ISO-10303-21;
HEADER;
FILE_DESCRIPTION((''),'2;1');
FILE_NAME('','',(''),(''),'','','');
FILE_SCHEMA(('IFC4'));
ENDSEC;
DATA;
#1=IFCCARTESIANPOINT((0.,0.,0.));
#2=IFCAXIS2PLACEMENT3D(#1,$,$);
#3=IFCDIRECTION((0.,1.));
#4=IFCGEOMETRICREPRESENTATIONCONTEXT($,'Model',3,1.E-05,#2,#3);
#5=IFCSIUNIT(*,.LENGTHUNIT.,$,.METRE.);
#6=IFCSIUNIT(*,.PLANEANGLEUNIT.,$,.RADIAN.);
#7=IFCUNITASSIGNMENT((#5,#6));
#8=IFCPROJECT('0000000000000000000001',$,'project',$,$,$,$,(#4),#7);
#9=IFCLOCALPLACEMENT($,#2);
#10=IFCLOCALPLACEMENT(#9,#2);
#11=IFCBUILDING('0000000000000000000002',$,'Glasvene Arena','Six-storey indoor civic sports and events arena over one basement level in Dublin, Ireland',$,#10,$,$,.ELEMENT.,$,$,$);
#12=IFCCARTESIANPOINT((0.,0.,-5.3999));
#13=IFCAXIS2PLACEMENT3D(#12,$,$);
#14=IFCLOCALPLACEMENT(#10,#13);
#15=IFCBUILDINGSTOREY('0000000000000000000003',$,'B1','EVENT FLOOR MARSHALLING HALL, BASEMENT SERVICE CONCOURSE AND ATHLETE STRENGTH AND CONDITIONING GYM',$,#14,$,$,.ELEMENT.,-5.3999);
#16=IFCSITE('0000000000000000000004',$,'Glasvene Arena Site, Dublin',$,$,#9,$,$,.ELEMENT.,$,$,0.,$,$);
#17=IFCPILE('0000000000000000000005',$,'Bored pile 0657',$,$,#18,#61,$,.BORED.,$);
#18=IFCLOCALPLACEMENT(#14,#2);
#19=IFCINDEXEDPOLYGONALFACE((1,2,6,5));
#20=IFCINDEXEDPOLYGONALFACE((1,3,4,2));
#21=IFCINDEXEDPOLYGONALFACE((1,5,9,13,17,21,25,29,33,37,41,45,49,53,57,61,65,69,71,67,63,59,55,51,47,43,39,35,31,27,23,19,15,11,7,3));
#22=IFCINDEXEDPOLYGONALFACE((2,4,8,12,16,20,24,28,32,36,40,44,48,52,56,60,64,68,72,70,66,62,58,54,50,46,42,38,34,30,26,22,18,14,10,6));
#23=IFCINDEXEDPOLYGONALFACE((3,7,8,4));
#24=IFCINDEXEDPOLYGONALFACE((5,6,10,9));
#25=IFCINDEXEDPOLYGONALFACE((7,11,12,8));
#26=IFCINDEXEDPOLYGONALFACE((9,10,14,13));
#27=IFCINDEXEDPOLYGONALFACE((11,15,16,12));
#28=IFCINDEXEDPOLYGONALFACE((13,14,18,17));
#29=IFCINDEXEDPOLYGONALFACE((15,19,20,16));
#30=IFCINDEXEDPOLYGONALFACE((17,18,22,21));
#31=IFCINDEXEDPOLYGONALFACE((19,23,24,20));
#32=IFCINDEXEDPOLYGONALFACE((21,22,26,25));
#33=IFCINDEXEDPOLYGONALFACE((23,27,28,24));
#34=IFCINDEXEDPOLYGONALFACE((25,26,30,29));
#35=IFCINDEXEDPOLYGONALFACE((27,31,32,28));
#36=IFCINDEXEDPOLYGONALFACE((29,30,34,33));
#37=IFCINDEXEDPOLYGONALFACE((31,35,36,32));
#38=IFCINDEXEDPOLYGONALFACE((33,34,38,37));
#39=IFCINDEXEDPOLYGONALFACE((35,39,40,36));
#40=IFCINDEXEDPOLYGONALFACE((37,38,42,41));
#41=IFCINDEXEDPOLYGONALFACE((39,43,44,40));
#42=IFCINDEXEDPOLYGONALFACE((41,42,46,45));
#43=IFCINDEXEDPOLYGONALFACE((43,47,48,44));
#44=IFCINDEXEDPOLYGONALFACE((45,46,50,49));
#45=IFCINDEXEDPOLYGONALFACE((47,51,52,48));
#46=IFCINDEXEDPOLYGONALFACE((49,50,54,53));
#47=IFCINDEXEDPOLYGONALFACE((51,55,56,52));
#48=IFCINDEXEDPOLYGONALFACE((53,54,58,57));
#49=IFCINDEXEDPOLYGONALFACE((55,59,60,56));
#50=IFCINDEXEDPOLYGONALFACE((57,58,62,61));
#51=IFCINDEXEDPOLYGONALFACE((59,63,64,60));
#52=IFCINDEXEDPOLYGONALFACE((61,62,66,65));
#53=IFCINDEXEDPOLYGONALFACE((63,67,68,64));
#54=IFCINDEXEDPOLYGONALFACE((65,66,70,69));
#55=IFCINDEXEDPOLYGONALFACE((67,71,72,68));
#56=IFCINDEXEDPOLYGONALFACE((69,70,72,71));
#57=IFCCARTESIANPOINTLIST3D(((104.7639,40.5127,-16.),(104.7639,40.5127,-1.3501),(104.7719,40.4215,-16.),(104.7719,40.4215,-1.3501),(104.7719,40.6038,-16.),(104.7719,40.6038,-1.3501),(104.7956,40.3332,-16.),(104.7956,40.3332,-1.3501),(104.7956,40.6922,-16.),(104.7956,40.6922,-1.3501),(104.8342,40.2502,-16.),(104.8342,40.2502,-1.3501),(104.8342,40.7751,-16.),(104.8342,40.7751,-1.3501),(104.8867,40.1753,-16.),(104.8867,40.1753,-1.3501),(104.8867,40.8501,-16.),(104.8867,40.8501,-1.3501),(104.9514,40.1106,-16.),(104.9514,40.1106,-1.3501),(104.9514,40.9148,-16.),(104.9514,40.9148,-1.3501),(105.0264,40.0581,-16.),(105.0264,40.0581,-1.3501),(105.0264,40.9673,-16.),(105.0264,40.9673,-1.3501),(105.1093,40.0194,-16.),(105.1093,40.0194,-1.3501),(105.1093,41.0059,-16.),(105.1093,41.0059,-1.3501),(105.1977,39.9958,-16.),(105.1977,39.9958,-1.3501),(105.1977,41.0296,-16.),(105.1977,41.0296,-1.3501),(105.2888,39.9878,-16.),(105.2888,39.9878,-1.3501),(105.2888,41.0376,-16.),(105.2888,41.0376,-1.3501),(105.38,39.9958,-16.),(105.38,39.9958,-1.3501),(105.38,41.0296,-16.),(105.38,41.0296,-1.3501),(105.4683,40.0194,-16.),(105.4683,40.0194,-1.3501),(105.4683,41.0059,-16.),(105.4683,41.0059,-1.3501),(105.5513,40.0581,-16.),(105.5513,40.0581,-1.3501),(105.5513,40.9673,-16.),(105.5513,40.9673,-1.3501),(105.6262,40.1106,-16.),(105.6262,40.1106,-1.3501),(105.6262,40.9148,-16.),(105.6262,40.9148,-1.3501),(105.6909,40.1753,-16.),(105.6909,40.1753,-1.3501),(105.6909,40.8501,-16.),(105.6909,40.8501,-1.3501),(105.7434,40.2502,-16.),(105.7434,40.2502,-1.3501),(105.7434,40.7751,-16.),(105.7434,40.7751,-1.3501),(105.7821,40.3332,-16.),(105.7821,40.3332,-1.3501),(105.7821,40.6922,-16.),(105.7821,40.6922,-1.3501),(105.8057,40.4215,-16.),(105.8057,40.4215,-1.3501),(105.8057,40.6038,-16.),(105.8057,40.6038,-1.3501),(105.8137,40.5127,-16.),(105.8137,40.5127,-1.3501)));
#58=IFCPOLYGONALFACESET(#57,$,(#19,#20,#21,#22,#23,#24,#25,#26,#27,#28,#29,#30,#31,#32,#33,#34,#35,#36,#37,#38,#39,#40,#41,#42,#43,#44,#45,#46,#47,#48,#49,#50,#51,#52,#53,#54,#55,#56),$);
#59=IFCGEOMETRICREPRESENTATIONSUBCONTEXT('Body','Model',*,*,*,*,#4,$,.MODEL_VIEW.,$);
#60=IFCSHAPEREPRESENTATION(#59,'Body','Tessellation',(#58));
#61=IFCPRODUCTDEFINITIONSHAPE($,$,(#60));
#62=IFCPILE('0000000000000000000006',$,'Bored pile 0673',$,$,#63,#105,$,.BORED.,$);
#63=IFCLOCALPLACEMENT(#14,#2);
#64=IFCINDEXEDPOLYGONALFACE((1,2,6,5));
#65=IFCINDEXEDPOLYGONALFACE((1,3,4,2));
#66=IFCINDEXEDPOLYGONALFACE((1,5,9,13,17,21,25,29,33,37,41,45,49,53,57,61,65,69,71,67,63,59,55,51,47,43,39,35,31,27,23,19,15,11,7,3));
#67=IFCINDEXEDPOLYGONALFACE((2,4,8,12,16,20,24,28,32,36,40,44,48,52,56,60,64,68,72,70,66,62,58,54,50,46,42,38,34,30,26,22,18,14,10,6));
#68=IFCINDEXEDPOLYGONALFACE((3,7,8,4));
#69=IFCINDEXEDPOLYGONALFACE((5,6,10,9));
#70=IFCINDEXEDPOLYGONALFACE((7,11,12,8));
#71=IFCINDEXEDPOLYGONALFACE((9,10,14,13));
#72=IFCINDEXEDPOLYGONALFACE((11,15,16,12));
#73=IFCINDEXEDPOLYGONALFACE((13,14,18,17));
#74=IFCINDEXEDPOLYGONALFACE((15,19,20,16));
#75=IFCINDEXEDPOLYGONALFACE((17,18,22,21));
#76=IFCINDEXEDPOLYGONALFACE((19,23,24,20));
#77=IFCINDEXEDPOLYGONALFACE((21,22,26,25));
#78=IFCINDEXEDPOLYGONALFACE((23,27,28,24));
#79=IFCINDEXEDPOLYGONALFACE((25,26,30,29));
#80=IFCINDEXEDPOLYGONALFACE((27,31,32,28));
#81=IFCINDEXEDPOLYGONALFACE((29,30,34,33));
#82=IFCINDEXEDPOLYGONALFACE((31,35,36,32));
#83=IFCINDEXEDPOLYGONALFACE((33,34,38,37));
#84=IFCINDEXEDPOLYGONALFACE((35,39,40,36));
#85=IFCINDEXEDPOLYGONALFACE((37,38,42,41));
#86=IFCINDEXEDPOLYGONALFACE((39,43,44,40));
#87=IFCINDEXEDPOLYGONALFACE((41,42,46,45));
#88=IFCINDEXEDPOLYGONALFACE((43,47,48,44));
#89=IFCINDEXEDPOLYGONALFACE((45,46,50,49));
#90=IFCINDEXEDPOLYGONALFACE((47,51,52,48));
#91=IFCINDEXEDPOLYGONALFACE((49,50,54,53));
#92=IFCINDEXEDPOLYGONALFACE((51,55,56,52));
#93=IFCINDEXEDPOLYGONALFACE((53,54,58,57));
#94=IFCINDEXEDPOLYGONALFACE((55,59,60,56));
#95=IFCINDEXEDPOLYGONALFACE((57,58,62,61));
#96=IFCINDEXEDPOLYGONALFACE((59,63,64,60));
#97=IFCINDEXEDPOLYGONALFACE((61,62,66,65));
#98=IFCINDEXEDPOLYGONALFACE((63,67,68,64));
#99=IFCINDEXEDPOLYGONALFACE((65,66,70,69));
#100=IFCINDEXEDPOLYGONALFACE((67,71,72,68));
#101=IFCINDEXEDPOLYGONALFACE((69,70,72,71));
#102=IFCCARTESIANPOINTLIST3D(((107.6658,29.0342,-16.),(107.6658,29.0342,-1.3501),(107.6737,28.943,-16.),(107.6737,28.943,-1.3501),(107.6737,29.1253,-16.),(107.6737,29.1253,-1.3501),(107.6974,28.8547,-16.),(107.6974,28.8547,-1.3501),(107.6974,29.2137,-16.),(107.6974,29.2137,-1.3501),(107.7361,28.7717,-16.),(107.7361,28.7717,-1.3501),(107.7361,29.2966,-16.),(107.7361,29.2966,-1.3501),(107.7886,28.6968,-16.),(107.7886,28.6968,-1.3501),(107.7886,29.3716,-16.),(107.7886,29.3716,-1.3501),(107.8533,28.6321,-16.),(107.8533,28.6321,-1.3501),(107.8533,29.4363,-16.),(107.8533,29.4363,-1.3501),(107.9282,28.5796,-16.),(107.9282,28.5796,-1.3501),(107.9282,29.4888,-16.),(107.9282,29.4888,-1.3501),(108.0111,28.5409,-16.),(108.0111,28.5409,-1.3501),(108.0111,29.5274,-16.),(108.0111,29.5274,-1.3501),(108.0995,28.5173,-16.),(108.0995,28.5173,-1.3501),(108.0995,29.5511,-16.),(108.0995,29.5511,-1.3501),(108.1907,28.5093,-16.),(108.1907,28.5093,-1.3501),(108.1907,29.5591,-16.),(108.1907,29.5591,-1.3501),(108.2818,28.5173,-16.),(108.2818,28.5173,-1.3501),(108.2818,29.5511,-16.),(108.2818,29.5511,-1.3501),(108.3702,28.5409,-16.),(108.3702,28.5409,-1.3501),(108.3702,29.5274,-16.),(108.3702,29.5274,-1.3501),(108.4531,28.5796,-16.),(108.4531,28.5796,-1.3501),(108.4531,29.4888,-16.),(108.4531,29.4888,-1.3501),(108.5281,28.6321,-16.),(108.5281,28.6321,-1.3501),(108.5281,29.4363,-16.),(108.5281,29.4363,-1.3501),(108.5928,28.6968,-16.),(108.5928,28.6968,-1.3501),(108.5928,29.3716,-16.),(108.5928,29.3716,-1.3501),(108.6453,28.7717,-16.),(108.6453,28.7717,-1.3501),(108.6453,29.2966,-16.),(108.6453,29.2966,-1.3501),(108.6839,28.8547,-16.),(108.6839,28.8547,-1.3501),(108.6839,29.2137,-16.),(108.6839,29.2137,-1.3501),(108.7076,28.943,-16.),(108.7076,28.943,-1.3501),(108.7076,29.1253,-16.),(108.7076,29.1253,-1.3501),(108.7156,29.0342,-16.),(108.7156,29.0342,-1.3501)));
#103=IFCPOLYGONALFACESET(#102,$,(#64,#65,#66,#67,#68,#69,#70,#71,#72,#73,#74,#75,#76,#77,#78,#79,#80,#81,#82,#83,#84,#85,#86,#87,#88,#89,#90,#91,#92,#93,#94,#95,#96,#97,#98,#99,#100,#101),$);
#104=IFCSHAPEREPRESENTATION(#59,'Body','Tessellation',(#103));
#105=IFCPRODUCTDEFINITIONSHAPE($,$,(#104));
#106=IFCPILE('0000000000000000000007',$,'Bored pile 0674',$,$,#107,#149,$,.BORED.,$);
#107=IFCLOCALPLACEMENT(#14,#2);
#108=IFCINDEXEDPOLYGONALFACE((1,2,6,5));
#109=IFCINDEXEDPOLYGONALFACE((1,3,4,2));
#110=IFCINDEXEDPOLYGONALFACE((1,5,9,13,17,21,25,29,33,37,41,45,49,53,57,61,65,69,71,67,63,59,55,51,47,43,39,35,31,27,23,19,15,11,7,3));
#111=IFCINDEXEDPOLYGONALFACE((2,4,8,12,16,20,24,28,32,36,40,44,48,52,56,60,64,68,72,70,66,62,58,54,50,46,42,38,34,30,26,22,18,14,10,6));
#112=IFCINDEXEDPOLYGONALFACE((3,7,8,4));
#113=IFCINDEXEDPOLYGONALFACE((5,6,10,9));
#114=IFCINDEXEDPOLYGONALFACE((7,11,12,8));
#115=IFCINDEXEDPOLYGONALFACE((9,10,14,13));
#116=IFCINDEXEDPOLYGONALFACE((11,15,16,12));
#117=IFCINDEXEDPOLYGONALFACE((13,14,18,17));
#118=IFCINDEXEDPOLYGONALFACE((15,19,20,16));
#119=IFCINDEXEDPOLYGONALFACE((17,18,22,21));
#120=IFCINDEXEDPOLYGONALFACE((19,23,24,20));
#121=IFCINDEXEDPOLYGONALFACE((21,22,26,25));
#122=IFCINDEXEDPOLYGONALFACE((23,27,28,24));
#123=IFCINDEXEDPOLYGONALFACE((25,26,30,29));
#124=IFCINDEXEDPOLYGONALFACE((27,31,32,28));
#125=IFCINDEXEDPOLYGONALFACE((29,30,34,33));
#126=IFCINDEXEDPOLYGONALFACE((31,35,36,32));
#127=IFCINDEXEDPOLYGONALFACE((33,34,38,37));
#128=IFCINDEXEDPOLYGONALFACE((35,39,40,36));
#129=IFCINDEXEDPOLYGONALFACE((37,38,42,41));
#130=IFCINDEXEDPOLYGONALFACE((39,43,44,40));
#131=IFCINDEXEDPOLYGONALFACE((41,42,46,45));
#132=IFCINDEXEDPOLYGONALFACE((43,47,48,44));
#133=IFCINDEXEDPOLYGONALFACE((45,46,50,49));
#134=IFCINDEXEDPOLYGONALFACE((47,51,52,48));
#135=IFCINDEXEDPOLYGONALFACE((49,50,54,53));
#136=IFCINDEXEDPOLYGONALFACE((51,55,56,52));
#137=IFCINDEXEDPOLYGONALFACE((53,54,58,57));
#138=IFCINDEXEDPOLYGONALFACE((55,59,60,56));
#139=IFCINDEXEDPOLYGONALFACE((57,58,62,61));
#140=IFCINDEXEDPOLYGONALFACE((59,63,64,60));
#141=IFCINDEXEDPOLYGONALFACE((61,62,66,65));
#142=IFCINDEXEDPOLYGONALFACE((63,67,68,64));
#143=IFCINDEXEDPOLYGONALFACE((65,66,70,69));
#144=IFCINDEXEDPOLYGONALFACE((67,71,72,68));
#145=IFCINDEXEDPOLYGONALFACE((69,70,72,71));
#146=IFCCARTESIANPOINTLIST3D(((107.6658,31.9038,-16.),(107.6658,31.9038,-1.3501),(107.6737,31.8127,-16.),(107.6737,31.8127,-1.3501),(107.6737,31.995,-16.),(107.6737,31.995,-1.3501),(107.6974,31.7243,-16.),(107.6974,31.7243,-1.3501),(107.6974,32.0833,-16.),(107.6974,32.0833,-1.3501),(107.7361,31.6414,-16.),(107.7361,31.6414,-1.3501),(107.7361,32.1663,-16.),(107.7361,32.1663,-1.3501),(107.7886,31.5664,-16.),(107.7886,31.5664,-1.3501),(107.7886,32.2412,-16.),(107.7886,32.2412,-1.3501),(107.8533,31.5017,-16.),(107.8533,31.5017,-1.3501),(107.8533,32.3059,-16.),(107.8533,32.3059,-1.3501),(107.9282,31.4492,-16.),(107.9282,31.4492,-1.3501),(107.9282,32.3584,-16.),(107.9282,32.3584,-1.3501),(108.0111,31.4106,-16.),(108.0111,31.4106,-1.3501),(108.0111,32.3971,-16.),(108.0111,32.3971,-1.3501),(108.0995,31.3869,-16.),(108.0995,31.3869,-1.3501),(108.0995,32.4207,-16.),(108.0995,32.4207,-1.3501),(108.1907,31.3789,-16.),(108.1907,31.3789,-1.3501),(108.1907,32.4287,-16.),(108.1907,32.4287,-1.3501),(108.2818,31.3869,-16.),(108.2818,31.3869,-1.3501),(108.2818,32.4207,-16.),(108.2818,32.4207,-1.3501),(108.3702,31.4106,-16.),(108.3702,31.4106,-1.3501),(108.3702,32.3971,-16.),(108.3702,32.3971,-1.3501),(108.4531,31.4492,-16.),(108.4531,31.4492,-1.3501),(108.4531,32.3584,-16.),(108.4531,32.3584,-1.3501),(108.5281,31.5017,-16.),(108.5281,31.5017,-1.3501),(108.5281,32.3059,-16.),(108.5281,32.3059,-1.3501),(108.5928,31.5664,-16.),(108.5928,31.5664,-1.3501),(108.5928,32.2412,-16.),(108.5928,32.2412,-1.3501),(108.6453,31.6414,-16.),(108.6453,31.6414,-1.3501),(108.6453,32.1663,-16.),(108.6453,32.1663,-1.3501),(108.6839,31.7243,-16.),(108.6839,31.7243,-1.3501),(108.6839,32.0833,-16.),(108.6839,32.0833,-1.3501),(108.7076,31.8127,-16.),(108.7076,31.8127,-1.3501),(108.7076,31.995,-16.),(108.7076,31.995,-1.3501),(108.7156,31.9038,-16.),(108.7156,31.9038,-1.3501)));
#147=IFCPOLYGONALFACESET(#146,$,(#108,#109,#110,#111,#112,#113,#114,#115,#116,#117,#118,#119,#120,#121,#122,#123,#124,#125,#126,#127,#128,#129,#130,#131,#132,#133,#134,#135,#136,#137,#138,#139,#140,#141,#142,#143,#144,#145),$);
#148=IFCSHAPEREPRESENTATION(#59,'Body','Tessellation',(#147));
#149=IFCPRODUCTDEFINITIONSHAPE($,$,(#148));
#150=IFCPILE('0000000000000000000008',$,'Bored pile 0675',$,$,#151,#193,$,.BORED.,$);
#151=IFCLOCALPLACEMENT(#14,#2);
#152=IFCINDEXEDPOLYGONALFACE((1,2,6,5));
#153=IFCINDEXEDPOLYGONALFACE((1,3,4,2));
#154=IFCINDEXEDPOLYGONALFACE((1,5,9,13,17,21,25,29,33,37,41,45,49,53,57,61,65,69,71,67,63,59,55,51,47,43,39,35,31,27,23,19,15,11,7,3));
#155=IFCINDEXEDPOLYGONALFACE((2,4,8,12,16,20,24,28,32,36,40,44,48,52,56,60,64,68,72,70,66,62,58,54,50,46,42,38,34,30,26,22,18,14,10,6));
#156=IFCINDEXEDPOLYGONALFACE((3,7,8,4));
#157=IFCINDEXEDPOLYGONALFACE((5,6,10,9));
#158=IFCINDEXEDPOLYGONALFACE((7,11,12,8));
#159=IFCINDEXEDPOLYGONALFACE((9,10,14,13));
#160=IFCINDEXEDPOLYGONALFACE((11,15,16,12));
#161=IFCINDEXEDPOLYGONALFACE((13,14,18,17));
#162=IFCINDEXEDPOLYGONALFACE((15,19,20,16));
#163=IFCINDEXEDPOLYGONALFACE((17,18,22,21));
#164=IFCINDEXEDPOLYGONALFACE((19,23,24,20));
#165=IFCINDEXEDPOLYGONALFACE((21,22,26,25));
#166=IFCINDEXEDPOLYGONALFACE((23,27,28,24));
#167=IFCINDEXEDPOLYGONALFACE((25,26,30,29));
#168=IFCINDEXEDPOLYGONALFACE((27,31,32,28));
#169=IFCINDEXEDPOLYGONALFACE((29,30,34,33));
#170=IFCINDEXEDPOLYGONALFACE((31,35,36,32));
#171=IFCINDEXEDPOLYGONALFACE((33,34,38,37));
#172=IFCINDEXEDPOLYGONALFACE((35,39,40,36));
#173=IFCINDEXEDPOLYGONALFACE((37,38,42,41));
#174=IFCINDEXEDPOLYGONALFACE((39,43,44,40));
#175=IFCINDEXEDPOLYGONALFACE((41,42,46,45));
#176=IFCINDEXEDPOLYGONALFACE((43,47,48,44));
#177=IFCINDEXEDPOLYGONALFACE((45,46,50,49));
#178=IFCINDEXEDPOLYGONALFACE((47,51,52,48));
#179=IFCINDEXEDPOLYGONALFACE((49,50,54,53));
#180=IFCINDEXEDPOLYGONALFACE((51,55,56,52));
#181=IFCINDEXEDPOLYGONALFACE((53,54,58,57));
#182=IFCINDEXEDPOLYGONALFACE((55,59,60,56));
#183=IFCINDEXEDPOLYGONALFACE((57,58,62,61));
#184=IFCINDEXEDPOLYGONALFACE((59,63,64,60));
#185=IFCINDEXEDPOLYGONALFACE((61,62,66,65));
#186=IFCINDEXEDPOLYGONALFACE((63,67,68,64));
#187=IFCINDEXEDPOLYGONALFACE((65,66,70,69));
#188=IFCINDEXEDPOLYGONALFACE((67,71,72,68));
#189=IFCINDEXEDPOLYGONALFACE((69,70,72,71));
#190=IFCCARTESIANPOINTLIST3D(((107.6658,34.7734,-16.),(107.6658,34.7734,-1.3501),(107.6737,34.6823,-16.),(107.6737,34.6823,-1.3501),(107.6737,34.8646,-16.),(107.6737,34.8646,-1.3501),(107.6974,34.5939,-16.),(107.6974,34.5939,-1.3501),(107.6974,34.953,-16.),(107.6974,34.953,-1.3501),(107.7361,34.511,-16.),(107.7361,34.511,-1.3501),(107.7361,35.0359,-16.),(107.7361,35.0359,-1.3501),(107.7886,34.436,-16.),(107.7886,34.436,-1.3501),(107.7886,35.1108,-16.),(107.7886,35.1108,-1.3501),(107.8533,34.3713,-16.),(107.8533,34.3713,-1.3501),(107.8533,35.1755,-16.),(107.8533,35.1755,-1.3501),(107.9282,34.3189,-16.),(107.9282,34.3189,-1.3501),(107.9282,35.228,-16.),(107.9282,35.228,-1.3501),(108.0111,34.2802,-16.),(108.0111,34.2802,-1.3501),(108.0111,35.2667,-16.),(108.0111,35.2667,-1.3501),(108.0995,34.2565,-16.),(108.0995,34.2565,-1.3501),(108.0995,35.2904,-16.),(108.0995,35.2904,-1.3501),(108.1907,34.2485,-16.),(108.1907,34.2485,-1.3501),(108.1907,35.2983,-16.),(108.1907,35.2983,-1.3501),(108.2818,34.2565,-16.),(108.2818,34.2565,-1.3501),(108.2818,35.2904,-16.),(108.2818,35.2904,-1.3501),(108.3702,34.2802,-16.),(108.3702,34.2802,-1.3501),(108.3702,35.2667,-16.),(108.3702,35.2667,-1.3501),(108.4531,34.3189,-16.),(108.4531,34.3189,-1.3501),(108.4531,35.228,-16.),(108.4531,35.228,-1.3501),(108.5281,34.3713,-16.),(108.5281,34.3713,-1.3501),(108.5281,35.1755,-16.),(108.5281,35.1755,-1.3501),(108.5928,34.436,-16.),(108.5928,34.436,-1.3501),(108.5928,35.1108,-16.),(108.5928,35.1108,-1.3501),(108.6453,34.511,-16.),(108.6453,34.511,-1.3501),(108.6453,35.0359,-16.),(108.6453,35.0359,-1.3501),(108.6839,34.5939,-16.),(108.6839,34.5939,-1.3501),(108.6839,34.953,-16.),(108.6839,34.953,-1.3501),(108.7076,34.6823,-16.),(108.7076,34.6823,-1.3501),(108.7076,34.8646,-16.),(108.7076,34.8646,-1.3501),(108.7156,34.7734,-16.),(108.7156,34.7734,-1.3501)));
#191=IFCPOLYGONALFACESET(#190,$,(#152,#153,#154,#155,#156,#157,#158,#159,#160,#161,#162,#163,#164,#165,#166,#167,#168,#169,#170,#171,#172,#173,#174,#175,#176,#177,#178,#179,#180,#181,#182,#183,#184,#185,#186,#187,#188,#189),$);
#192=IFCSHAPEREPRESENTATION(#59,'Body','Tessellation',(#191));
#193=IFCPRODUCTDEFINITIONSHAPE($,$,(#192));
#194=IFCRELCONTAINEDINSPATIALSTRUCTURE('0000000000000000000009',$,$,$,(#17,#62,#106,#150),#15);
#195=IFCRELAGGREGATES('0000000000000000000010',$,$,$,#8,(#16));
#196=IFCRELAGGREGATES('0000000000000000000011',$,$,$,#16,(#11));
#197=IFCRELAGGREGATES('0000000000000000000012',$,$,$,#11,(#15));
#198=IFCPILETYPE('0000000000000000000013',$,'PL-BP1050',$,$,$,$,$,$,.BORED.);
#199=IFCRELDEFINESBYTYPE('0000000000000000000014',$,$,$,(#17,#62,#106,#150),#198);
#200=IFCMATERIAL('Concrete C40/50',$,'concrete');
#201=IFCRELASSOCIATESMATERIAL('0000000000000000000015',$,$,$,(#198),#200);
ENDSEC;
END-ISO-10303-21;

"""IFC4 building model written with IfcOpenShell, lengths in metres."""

from ifc_helpers import new_model, si_unit, direction, frame, origin, origin_2d, place, context, subcontext, project, spatial, circle, extrude, material, material_profile, profile_set, type_object, element, save


model = new_model("IFC4")

# Units and contexts
model_context = context("Model", 3, precision=1e-05, world=origin(), true_north=direction((0.0, 1.0)))
body_context = subcontext(model_context, "Body", "Model", "MODEL_VIEW")
ifc_project = project(units=[si_unit("LENGTHUNIT", "METRE"), si_unit("PLANEANGLEUNIT", "RADIAN")], contexts=[model_context])

# Site, building, storey
site_placement = place(None, origin())
site = spatial("IfcSite", under=ifc_project, at=site_placement, Name="Glasvene Arena Site, Dublin", CompositionType="ELEMENT", RefElevation=0.0)
building_placement = place(site_placement, origin())
building = spatial("IfcBuilding", under=site, at=building_placement, Name="Glasvene Arena", Description="Six-storey indoor civic sports and events arena over one basement level in Dublin, Ireland", CompositionType="ELEMENT")
storey_placement = place(building_placement, frame((0.0, 0.0, -5.3999)))
storey = spatial("IfcBuildingStorey", under=building, at=storey_placement, Name="B1", Description="EVENT FLOOR MARSHALLING HALL, BASEMENT SERVICE CONCOURSE AND ATHLETE STRENGTH AND CONDITIONING GYM", CompositionType="ELEMENT", Elevation=-5.3999)

# Piles
ifc_material_1 = material(Name="Concrete C40/50", Category="concrete")
ifc_material_profile_1 = material_profile(ifc_material_1, circle(Radius=0.5249, at=origin_2d()), Name="BORED PILE 1050")
ifc_profile_set_1 = profile_set([ifc_material_profile_1], Name="Concrete C40/50")
pile_type = type_object("IfcPileType", Name="PL-BP1050", PredefinedType="BORED", material=ifc_profile_set_1)
for number, where, z_axis, x_axis, name in (
    (1, (105.2888, 40.5127, -1.3501), (0.0, 0.0, -1.0), (1.0, 0.0, 0.0), "Bored pile 0657"),
    (2, (108.1907, 29.0342, -1.3501), (0.0, 0.0, -1.0), (1.0, 0.0, 0.0), "Bored pile 0673"),
    (3, (108.1907, 31.9038, -1.3501), (0.0, 0.0, -1.0), (1.0, 0.0, 0.0), "Bored pile 0674"),
    (4, (108.1907, 34.7734, -1.3501), (0.0, 0.0, -1.0), (1.0, 0.0, 0.0), "Bored pile 0675"),
):
    element("IfcPile", number, at=place(storey_placement, frame(where, z_axis=z_axis, x_axis=x_axis)), inside=storey, type_object=pile_type, Name=name, PredefinedType="BORED", context=body_context, shape_type="SweptSolid", body=[
        extrude(circle(Radius=0.5249, at=origin_2d()), origin(), (0.0, 0.0, 1.0), 14.6499),
    ])

save(model, "model.ifc")
